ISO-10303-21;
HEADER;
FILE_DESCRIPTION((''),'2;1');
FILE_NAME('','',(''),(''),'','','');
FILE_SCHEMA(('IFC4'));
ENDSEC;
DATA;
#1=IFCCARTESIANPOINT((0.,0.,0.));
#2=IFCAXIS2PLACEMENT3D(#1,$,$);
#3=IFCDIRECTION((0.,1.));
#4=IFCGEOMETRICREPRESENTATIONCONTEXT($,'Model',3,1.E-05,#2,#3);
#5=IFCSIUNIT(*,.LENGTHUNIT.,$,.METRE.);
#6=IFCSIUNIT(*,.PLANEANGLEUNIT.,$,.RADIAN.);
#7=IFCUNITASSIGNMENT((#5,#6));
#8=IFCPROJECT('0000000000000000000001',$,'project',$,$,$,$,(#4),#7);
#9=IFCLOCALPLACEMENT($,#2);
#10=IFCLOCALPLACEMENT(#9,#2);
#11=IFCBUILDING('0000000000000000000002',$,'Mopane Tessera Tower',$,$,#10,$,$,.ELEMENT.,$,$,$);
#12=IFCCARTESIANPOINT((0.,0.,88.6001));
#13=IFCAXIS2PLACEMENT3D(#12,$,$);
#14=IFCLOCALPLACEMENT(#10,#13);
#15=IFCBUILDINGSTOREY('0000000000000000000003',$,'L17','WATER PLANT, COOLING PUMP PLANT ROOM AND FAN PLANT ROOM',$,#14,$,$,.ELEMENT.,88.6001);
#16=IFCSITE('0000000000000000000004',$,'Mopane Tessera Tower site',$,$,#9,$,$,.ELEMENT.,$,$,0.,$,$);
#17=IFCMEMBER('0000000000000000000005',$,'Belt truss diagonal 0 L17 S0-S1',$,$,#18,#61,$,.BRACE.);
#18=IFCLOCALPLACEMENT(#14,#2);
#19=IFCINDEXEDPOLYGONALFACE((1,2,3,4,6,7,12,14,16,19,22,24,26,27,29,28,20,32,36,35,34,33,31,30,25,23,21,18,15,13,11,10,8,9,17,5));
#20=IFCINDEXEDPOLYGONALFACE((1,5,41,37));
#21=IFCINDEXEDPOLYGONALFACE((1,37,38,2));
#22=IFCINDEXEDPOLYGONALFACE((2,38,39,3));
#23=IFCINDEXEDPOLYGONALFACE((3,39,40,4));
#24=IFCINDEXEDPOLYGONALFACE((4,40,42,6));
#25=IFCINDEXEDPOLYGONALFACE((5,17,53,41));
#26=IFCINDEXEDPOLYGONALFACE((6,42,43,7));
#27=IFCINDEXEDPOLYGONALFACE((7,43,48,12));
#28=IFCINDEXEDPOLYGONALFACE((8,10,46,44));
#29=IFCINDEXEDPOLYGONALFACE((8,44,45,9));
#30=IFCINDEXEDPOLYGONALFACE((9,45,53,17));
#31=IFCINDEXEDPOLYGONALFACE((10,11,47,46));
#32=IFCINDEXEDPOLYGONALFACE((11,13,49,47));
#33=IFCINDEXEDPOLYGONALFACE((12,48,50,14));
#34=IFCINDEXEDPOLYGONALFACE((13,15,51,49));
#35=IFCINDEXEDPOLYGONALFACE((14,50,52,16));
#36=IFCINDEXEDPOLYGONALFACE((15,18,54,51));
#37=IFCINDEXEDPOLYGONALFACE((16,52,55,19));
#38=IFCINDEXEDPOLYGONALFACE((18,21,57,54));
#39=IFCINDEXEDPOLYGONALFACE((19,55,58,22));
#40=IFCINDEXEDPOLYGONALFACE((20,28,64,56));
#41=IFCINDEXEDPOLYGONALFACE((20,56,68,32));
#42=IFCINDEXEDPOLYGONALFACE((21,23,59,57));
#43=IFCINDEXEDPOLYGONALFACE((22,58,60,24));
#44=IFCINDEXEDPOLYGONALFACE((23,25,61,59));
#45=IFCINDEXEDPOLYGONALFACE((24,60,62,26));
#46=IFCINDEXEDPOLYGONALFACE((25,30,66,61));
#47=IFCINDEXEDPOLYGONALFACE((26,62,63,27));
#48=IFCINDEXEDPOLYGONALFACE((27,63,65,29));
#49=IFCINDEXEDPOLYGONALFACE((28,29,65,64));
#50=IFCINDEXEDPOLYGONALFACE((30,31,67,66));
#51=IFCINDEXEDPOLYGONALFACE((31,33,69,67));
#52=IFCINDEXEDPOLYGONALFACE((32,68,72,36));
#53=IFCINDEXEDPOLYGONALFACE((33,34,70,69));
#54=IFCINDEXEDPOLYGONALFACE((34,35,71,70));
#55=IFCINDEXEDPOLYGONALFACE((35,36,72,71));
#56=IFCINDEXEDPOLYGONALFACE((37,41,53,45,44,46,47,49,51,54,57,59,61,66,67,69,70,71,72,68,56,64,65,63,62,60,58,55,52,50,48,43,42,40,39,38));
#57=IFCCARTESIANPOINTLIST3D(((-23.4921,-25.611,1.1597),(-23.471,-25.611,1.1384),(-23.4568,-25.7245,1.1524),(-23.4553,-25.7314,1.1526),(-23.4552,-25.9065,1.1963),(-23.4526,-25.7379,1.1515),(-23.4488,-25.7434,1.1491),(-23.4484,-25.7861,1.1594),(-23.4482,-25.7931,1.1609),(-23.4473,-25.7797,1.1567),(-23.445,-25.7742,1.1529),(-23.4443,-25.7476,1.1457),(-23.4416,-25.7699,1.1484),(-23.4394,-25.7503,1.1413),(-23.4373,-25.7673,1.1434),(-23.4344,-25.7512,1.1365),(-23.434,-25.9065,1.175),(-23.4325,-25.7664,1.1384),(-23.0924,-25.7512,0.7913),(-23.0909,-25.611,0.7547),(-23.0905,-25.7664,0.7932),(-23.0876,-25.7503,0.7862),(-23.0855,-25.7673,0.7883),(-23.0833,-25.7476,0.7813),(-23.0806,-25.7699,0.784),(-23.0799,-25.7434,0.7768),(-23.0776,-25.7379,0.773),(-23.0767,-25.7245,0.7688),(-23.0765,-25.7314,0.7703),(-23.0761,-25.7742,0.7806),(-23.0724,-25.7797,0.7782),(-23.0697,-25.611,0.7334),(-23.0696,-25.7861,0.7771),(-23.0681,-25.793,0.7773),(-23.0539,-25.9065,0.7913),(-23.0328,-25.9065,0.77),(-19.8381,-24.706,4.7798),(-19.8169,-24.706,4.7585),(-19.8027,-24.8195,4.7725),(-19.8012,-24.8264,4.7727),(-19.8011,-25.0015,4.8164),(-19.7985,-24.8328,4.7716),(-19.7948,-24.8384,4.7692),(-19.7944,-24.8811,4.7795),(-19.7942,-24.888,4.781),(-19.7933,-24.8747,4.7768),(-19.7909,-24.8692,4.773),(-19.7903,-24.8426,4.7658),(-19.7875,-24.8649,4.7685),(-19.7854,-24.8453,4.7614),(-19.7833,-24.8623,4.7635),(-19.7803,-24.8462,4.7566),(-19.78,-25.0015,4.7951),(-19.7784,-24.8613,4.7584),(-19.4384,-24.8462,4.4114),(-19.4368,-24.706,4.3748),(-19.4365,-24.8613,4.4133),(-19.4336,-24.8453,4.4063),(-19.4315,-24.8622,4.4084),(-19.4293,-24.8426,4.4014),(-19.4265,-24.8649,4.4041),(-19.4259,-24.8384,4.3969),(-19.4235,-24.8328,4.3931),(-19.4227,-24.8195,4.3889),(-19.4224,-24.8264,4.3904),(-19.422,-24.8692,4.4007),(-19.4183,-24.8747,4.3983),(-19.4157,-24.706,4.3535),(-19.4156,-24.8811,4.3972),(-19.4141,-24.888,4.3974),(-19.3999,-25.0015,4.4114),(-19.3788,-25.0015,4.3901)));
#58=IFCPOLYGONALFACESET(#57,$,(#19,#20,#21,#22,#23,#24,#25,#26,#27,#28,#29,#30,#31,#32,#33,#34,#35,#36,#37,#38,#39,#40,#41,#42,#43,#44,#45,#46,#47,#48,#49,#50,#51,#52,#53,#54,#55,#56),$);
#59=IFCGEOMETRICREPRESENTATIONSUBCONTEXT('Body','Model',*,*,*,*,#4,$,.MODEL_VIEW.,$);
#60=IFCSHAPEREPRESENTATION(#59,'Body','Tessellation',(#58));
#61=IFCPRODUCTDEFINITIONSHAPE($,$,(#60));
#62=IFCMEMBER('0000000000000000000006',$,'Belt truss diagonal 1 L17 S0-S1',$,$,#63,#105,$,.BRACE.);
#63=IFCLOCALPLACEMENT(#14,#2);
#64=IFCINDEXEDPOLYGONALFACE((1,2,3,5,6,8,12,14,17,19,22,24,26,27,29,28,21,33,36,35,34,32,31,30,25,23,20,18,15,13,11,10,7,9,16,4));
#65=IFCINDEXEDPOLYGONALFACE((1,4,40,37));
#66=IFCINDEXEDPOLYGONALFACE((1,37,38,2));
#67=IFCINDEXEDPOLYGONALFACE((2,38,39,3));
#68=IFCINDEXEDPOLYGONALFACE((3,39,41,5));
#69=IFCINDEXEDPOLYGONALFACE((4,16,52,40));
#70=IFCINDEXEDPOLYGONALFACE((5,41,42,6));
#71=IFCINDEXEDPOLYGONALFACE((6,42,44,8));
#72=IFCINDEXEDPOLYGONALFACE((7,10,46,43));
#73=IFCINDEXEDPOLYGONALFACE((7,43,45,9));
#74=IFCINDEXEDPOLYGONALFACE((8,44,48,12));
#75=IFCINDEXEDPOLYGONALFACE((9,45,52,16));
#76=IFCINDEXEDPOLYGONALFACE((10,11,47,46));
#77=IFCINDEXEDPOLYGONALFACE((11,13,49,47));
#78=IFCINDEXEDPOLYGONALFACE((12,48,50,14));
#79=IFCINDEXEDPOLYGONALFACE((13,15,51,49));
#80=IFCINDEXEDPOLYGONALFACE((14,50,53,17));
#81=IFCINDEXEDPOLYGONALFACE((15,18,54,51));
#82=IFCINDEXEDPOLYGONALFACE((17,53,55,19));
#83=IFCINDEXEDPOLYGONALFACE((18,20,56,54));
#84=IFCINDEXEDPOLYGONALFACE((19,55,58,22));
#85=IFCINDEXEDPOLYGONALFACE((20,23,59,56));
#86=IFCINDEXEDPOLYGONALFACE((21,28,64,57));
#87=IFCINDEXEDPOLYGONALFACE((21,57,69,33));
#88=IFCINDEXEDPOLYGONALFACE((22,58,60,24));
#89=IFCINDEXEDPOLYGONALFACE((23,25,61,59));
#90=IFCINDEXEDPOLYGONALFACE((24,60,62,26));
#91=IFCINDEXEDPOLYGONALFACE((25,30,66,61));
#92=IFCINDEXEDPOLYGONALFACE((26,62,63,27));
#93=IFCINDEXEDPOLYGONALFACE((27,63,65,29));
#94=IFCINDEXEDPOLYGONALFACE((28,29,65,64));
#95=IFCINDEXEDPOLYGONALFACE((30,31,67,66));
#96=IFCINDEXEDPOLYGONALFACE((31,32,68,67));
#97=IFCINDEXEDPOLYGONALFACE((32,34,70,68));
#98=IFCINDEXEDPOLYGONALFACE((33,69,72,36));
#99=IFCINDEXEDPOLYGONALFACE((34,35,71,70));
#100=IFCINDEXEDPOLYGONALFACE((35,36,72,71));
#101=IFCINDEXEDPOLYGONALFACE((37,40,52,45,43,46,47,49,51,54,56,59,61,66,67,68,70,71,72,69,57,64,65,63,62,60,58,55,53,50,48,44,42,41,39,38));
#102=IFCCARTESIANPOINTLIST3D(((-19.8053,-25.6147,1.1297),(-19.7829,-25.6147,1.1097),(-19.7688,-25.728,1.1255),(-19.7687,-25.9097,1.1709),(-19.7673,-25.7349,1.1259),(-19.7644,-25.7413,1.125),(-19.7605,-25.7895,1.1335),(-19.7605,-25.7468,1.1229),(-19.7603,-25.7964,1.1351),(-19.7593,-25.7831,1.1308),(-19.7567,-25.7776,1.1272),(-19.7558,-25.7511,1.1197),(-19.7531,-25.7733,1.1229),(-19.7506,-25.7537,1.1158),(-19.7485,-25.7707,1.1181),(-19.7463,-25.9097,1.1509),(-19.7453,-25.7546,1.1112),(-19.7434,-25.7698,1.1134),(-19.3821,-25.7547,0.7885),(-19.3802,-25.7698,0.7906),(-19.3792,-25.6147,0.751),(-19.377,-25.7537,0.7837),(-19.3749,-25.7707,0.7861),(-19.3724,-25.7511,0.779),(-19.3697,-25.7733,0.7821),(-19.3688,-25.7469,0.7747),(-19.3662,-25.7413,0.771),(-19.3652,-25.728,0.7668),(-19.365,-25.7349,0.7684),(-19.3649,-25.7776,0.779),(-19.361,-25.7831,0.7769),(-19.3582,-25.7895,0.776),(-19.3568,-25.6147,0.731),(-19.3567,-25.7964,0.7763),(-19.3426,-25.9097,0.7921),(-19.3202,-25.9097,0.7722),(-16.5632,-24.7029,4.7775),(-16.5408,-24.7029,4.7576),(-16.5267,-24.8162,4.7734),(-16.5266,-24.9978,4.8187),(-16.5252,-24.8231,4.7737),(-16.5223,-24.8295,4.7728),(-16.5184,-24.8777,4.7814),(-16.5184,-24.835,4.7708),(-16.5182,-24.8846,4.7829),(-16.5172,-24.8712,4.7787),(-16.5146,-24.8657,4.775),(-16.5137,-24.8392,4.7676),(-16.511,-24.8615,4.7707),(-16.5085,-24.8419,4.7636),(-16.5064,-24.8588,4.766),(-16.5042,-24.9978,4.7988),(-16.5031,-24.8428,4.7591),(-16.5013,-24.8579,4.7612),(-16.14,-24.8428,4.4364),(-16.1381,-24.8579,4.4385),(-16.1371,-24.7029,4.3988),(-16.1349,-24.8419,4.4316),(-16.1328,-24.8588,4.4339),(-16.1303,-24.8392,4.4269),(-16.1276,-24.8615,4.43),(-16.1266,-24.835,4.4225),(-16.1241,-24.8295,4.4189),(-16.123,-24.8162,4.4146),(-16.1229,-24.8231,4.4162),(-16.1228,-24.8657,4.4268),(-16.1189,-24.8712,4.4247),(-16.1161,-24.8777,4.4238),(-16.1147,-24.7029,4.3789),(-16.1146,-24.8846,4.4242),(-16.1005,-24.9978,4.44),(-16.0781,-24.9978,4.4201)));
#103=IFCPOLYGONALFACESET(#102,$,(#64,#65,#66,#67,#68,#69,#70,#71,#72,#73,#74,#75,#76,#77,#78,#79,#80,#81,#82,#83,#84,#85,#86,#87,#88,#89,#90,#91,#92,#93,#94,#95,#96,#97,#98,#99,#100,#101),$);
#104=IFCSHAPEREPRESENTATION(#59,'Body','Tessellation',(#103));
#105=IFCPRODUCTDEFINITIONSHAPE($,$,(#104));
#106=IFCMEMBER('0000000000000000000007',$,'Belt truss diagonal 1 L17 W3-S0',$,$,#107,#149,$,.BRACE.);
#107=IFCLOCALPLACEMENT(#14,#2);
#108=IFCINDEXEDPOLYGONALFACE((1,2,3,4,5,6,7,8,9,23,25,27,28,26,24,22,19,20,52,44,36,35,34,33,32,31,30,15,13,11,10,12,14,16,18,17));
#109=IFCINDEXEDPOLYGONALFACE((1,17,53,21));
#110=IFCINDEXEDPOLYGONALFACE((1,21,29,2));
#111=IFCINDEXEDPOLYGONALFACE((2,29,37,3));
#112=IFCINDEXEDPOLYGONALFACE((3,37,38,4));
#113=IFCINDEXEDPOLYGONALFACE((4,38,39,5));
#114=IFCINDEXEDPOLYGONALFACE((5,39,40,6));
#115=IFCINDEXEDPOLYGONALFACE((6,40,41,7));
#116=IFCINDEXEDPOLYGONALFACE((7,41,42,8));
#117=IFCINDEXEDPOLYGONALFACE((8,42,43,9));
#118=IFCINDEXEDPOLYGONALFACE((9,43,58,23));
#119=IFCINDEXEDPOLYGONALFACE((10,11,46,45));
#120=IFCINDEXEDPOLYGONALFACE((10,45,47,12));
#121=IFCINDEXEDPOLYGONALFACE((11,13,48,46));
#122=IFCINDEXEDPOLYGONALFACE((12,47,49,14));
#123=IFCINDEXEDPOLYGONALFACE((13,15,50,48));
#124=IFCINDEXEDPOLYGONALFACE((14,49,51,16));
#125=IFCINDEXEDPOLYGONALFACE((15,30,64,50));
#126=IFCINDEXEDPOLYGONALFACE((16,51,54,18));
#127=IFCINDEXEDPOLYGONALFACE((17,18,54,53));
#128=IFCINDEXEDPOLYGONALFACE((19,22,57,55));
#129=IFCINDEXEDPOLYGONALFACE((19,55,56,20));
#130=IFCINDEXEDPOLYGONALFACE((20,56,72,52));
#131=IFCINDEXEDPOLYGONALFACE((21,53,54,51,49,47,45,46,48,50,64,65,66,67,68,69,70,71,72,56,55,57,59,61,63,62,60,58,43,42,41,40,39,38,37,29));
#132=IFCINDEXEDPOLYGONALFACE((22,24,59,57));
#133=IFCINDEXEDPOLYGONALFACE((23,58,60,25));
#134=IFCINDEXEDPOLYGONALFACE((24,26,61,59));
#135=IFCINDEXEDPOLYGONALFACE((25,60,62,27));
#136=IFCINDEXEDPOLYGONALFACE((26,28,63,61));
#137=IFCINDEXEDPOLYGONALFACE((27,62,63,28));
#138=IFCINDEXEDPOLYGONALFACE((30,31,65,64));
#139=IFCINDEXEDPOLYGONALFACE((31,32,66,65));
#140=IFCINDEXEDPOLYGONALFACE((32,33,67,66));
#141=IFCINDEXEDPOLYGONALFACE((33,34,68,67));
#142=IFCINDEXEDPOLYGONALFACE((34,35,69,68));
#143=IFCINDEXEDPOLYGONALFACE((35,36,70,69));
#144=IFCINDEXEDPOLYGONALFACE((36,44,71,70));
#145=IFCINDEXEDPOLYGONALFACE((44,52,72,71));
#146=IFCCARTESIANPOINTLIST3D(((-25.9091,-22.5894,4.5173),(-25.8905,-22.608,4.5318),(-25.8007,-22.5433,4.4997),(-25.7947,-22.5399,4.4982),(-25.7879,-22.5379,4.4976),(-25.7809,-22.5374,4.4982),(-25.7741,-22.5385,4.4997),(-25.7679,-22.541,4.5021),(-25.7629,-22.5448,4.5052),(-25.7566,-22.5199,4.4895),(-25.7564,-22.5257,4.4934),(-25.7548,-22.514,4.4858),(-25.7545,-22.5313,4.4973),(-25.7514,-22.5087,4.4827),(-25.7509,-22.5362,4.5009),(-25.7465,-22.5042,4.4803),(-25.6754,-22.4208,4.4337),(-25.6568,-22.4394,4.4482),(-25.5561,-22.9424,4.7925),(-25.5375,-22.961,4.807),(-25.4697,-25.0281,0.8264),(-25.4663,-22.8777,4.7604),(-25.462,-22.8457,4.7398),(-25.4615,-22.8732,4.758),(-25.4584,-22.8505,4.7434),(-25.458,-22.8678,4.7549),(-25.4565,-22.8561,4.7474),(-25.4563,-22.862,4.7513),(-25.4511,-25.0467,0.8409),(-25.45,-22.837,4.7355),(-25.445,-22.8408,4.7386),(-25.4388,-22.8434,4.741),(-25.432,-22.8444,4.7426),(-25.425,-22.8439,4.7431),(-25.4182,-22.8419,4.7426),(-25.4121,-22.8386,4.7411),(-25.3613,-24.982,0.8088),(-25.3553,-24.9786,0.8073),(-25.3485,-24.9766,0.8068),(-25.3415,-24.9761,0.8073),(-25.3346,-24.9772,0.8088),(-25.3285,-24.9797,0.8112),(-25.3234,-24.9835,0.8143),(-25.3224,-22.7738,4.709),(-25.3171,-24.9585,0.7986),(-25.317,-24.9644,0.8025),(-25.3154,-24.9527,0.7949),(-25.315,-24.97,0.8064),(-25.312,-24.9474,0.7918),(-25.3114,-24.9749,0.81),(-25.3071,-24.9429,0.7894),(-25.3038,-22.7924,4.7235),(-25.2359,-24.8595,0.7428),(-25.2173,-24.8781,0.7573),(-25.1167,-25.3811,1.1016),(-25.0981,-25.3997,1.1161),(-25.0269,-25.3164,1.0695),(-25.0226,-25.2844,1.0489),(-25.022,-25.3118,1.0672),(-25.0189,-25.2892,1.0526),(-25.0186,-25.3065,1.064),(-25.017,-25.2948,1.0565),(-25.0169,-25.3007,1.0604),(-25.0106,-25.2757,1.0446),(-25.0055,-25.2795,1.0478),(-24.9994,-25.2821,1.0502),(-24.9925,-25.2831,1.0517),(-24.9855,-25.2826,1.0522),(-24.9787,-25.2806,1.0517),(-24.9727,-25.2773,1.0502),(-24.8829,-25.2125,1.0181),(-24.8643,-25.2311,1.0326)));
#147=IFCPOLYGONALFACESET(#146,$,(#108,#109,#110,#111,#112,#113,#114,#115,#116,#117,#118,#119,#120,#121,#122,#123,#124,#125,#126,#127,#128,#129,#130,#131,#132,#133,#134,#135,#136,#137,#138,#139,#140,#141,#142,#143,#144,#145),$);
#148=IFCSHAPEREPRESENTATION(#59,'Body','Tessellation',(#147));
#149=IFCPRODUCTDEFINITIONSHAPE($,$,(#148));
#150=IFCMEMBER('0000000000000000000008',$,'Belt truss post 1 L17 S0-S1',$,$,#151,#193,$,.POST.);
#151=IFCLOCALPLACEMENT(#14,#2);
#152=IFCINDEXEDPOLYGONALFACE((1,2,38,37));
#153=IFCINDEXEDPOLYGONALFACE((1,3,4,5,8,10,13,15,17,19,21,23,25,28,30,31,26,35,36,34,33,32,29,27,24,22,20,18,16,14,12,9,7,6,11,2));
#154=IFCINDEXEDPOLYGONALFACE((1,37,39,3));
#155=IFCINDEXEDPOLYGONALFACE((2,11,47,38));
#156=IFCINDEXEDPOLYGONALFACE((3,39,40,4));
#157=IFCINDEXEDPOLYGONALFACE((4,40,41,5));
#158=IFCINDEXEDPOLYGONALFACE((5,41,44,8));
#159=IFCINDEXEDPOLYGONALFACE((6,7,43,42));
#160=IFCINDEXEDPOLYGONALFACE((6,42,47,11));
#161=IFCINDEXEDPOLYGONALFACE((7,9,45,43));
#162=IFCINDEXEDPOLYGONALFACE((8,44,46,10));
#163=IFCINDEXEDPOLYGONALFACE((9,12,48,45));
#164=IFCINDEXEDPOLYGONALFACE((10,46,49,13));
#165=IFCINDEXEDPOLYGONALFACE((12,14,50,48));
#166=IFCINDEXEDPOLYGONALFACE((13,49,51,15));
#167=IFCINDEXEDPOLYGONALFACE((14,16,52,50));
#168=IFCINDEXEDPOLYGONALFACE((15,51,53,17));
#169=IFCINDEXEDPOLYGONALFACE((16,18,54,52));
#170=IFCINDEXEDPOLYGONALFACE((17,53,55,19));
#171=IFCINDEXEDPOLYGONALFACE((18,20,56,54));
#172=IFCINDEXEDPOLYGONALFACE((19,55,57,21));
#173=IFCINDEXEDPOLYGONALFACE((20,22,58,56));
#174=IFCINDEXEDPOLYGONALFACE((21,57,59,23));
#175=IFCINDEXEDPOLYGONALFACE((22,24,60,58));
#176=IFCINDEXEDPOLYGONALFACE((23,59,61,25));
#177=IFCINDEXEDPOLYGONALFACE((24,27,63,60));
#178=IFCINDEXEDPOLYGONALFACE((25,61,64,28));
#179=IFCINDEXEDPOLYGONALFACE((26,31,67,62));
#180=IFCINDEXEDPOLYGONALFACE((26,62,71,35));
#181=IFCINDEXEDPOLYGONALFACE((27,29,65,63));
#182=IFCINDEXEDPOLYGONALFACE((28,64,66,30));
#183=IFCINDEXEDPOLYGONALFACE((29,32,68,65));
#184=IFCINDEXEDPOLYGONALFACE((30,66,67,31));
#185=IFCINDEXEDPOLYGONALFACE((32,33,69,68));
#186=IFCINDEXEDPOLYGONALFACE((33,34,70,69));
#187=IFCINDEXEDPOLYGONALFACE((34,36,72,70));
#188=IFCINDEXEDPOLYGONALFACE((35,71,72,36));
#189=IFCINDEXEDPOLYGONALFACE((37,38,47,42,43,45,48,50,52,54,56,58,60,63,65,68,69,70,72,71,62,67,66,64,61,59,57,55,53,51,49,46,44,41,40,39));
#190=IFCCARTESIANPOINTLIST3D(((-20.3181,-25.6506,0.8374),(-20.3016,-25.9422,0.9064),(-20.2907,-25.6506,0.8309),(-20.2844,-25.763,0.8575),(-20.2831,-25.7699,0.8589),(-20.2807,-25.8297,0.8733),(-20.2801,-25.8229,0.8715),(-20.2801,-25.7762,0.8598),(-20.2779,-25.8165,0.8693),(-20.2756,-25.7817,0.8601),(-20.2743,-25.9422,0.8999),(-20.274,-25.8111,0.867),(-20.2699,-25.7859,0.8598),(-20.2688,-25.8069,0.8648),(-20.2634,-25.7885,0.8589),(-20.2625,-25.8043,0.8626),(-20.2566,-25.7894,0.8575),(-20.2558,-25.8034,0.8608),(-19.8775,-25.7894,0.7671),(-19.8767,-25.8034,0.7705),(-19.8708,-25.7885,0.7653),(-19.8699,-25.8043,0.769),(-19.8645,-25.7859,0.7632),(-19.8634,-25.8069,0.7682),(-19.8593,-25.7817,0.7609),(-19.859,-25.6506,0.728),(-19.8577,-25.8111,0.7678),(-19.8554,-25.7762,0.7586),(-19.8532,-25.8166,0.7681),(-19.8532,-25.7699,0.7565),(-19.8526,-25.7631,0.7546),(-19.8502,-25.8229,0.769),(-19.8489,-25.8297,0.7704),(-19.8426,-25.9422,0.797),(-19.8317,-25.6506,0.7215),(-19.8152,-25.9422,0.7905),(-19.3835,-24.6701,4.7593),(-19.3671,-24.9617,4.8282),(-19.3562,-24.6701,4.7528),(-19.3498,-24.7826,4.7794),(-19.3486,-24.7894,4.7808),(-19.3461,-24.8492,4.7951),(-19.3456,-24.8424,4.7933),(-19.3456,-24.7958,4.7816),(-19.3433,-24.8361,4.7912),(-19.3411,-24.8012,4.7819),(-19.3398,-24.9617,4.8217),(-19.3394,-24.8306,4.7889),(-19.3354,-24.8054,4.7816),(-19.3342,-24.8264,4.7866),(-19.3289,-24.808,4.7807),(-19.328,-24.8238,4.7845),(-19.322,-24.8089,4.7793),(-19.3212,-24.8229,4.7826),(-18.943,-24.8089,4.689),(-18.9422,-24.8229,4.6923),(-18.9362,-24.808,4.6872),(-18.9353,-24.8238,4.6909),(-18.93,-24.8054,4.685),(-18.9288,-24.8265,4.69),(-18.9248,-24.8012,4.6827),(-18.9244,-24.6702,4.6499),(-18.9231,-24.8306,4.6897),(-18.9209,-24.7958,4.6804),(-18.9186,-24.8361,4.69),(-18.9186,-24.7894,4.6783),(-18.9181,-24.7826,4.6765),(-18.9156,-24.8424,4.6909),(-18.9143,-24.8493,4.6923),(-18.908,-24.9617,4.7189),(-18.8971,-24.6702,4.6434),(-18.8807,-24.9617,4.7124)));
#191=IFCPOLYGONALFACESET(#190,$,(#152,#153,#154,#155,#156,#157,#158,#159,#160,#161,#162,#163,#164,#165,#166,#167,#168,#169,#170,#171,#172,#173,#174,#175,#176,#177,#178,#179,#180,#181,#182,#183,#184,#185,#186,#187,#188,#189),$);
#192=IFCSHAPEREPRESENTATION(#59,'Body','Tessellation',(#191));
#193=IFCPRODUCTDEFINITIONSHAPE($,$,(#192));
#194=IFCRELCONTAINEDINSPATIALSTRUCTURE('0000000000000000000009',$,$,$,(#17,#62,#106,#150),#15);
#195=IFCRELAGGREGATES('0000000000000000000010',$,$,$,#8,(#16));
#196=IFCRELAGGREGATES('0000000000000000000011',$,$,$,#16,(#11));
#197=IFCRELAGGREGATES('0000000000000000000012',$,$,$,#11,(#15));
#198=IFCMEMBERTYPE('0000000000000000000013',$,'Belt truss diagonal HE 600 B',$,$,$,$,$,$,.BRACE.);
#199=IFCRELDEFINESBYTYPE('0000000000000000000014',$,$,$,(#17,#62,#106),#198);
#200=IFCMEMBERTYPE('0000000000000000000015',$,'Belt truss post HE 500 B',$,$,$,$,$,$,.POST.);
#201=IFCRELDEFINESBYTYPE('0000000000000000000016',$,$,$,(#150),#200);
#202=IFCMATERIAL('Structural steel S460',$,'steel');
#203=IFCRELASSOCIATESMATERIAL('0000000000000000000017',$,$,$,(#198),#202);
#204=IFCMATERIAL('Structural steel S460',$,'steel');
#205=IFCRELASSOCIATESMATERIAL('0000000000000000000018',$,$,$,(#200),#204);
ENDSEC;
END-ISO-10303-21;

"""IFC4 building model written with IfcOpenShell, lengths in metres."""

from ifc_helpers import new_model, si_unit, direction, frame, origin, origin_2d, place, context, subcontext, project, spatial, i_section, extrude, material, material_profile, profile_set, type_object, element, save


model = new_model("IFC4")

# Units and contexts
model_context = context("Model", 3, precision=1e-05, world=origin(), true_north=direction((0.0, 1.0)))
body_context = subcontext(model_context, "Body", "Model", "MODEL_VIEW")
ifc_project = project(units=[si_unit("LENGTHUNIT", "METRE"), si_unit("PLANEANGLEUNIT", "RADIAN")], contexts=[model_context])

# Site, building, storey
site_placement = place(None, origin())
site = spatial("IfcSite", under=ifc_project, at=site_placement, Name="Mopane Tessera Tower site", CompositionType="ELEMENT", RefElevation=0.0)
building_placement = place(site_placement, origin())
building = spatial("IfcBuilding", under=site, at=building_placement, Name="Mopane Tessera Tower", CompositionType="ELEMENT")
storey_placement = place(building_placement, frame((0.0, 0.0, 88.6001)))
storey = spatial("IfcBuildingStorey", under=building, at=storey_placement, Name="L17", Description="WATER PLANT, COOLING PUMP PLANT ROOM AND FAN PLANT ROOM", CompositionType="ELEMENT", Elevation=88.6001)

# Members
ifc_material_1 = material(Name="Structural steel S460", Category="steel")
ifc_material_profile_1 = material_profile(ifc_material_1, i_section(OverallWidth=0.3, OverallDepth=0.6001, WebThickness=0.0154, FlangeThickness=0.03, FilletRadius=0.0271, at=origin_2d()))
ifc_profile_set_1 = profile_set([ifc_material_profile_1], Name="Structural steel S460")
member_type_1 = type_object("IfcMemberType", Name="Belt truss diagonal HE 600 B", PredefinedType="BRACE", material=ifc_profile_set_1)
member_1_placement = place(storey_placement, frame((-23.2625, -25.7588, 0.9648), z_axis=(0.69965, 0.173288, 0.693153), x_axis=(-0.123111, 0.984871, -0.121953)))
element("IfcMember", 1, at=member_1_placement, inside=storey, type_object=member_type_1, Name="Belt truss diagonal 0 L17 S0-S1", PredefinedType="BRACE", context=body_context, shape_type="SweptSolid", body=[
    extrude(i_section(OverallWidth=0.3, OverallDepth=0.6001, WebThickness=0.0154, FlangeThickness=0.03, FilletRadius=0.0271, at=origin_2d()), origin(), (0.0, 0.0, 1.0), 5.2227),
])
member_2_placement = place(storey_placement, frame((-19.5627, -25.7622, 0.9509), z_axis=(0.653014, 0.18366, 0.734739), x_axis=(-0.121993, 0.98299, -0.137291)))
element("IfcMember", 2, at=member_2_placement, inside=storey, type_object=member_type_1, Name="Belt truss diagonal 1 L17 S0-S1", PredefinedType="BRACE", context=body_context, shape_type="SweptSolid", body=[
    extrude(i_section(OverallWidth=0.3, OverallDepth=0.6001, WebThickness=0.0154, FlangeThickness=0.03, FilletRadius=0.0271, at=origin_2d()), origin(), (0.0, 0.0, 1.0), 4.9648),
])
member_3_placement = place(storey_placement, frame((-25.6064, -22.6909, 4.6204), z_axis=(0.098851, -0.54857, -0.830241), x_axis=(0.778986, 0.561817, -0.278464)))
element("IfcMember", 3, at=member_3_placement, inside=storey, type_object=member_type_1, Name="Belt truss diagonal 1 L17 W3-S0", PredefinedType="BRACE", context=body_context, shape_type="SweptSolid", body=[
    extrude(i_section(OverallWidth=0.3, OverallDepth=0.6001, WebThickness=0.0154, FlangeThickness=0.03, FilletRadius=0.0271, at=origin_2d()), origin(), (0.0, 0.0, 1.0), 4.4456),
])
ifc_material_2 = material(Name="Structural steel S460", Category="steel")
ifc_material_profile_2 = material_profile(ifc_material_2, i_section(OverallWidth=0.3, OverallDepth=0.5, WebThickness=0.0144, FlangeThickness=0.0281, FilletRadius=0.0271, at=origin_2d()))
ifc_profile_set_2 = profile_set([ifc_material_profile_2], Name="Structural steel S460")
member_type_2 = type_object("IfcMemberType", Name="Belt truss post HE 500 B", PredefinedType="POST", material=ifc_profile_set_2)
member_4_placement = place(storey_placement, frame((-20.0667, -25.7964, 0.814), z_axis=(0.225241, 0.236303, 0.945213), x_axis=(-0.05474, 0.971679, -0.229876)))
element("IfcMember", 4, at=member_4_placement, inside=storey, type_object=member_type_2, Name="Belt truss post 1 L17 S0-S1", PredefinedType="POST", context=body_context, shape_type="SweptSolid", body=[
    extrude(i_section(OverallWidth=0.3, OverallDepth=0.5, WebThickness=0.0144, FlangeThickness=0.0281, FilletRadius=0.0271, at=origin_2d()), origin(), (0.0, 0.0, 1.0), 4.1492),
])

save(model, "model.ifc")
